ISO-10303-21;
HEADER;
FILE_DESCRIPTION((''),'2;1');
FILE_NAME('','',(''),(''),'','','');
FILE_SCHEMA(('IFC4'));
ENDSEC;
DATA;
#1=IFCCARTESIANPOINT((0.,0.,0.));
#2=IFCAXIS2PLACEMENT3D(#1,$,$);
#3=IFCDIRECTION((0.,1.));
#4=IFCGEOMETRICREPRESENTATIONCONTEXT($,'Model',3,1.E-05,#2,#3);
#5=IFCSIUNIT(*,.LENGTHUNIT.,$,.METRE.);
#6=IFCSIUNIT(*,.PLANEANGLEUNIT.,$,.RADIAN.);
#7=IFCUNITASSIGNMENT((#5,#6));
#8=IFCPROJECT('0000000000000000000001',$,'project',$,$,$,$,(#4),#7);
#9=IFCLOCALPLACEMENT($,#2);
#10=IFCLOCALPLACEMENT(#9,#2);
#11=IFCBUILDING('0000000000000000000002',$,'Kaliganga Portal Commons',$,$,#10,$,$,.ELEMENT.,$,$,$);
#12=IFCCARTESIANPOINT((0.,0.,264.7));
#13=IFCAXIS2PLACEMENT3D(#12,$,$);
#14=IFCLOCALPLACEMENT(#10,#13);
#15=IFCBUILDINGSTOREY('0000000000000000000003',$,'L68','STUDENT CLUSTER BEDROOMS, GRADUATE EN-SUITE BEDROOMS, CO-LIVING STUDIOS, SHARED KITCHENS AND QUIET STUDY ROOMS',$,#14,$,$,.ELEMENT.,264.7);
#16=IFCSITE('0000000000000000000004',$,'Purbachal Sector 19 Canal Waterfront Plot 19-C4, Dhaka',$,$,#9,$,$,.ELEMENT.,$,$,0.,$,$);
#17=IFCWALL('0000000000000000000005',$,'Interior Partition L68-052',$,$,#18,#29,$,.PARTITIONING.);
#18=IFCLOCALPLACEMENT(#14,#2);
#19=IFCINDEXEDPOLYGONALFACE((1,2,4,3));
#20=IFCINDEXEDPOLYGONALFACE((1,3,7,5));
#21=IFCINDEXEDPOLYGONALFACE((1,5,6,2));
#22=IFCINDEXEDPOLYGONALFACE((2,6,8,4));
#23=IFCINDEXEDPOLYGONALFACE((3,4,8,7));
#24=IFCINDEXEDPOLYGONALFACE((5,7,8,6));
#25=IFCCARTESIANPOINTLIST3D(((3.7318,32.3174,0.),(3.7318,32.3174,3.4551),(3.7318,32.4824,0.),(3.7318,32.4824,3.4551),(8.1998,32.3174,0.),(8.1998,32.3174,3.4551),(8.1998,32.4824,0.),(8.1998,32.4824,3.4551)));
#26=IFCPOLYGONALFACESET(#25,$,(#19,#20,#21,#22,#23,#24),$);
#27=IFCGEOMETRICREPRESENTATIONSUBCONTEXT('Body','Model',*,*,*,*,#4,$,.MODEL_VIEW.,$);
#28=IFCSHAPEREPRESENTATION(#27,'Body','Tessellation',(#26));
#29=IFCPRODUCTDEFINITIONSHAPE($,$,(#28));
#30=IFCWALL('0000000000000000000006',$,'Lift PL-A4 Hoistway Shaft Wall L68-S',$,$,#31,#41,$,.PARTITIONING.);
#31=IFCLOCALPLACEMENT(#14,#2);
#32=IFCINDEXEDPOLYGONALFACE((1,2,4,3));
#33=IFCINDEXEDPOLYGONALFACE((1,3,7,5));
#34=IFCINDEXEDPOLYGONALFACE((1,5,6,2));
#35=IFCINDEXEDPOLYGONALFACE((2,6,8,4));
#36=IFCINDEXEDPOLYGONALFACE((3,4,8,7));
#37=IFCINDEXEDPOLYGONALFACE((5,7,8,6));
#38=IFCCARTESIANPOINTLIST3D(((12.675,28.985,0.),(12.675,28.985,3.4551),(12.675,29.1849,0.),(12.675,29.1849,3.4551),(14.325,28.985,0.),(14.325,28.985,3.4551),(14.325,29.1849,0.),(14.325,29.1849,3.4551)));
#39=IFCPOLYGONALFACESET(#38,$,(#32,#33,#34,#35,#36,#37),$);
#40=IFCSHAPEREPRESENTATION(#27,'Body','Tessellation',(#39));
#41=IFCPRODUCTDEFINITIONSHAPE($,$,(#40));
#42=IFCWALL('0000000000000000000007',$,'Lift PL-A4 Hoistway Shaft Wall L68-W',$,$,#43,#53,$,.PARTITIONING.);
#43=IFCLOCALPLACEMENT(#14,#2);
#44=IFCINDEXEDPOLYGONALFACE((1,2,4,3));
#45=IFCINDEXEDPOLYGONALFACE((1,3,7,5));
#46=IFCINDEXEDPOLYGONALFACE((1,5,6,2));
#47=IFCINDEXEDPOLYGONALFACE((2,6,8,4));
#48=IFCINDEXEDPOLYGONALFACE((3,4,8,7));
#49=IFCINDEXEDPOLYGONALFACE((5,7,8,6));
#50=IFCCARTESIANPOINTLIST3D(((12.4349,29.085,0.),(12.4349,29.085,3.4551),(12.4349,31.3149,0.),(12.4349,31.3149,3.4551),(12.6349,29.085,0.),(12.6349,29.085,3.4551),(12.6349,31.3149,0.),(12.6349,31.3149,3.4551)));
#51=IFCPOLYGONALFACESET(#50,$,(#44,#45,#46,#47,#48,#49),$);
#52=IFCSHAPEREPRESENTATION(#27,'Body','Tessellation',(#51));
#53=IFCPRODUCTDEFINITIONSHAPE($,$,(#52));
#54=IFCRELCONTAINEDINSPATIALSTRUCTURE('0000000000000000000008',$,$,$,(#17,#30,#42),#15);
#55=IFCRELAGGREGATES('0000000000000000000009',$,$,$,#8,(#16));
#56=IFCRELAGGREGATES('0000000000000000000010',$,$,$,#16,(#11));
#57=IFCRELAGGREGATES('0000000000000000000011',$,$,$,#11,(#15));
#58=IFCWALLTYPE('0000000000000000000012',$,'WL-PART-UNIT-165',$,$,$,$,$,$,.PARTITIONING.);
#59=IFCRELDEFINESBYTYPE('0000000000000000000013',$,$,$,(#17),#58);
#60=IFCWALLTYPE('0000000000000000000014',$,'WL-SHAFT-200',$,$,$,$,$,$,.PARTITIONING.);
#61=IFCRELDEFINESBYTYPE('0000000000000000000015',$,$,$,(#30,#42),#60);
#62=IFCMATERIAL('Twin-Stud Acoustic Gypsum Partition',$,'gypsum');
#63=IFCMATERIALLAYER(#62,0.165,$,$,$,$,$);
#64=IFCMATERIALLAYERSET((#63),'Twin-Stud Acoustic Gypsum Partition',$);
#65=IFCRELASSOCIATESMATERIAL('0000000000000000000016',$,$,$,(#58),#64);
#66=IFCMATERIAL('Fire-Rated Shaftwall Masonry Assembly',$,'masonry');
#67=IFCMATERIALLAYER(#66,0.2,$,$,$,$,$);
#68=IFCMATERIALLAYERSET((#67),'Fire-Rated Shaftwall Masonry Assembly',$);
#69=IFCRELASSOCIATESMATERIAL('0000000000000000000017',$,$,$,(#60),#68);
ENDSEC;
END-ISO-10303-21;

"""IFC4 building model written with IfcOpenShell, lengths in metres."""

from ifc_helpers import new_model, si_unit, direction, frame, frame_2d, origin, place, context, subcontext, project, spatial, rectangle, extrude, material, layer, layer_set, type_object, element, save


model = new_model("IFC4")

# Units and contexts
model_context = context("Model", 3, precision=1e-05, world=origin(), true_north=direction((0.0, 1.0)))
body_context = subcontext(model_context, "Body", "Model", "MODEL_VIEW")
ifc_project = project(units=[si_unit("LENGTHUNIT", "METRE"), si_unit("PLANEANGLEUNIT", "RADIAN")], contexts=[model_context])

# Site, building, storey
site_placement = place(None, origin())
site = spatial("IfcSite", under=ifc_project, at=site_placement, Name="Purbachal Sector 19 Canal Waterfront Plot 19-C4, Dhaka", CompositionType="ELEMENT", RefElevation=0.0)
building_placement = place(site_placement, origin())
building = spatial("IfcBuilding", under=site, at=building_placement, Name="Kaliganga Portal Commons", CompositionType="ELEMENT")
storey_placement = place(building_placement, frame((0.0, 0.0, 264.7)))
storey = spatial("IfcBuildingStorey", under=building, at=storey_placement, Name="L68", Description="STUDENT CLUSTER BEDROOMS, GRADUATE EN-SUITE BEDROOMS, CO-LIVING STUDIOS, SHARED KITCHENS AND QUIET STUDY ROOMS", CompositionType="ELEMENT", Elevation=264.7)

# Walls
ifc_material_1 = material(Name="Twin-Stud Acoustic Gypsum Partition", Category="gypsum")
ifc_layer_1 = layer(ifc_material_1, 0.165)
ifc_layer_set_1 = layer_set([ifc_layer_1], Name="Twin-Stud Acoustic Gypsum Partition")
wall_type_1 = type_object("IfcWallType", Name="WL-PART-UNIT-165", PredefinedType="PARTITIONING", material=ifc_layer_set_1)
wall_1_placement = place(storey_placement, frame((3.7319, 32.3999, 0.0), z_axis=(0.0, 0.0, 1.0), x_axis=(1.0, 0.0, 0.0)))
element("IfcWall", 1, at=wall_1_placement, inside=storey, type_object=wall_type_1, Name="Interior Partition L68-052", PredefinedType="PARTITIONING", context=body_context, shape_type="SweptSolid", body=[
    extrude(rectangle(XDim=4.468, YDim=0.165, at=frame_2d((2.2339, 0.0))), origin(), (0.0, 0.0, 1.0), 3.4551),
])
ifc_material_2 = material(Name="Fire-Rated Shaftwall Masonry Assembly", Category="masonry")
ifc_layer_2 = layer(ifc_material_2, 0.2)
ifc_layer_set_2 = layer_set([ifc_layer_2], Name="Fire-Rated Shaftwall Masonry Assembly")
wall_type_2 = type_object("IfcWallType", Name="WL-SHAFT-200", PredefinedType="PARTITIONING", material=ifc_layer_set_2)
wall_2_placement = place(storey_placement, frame((12.675, 29.085, 0.0), z_axis=(0.0, 0.0, 1.0), x_axis=(1.0, 0.0, 0.0)))
element("IfcWall", 2, at=wall_2_placement, inside=storey, type_object=wall_type_2, Name="Lift PL-A4 Hoistway Shaft Wall L68-S", PredefinedType="PARTITIONING", context=body_context, shape_type="SweptSolid", body=[
    extrude(rectangle(XDim=1.6499, YDim=0.2, at=frame_2d((0.825, 0.0))), origin(), (0.0, 0.0, 1.0), 3.4551),
])

# Wall
wall_3_placement = place(storey_placement, frame((12.5349, 29.085, 0.0), z_axis=(0.0, 0.0, 1.0), x_axis=(0.0, 1.0, 0.0)))
element("IfcWall", 3, at=wall_3_placement, inside=storey, type_object=wall_type_2, Name="Lift PL-A4 Hoistway Shaft Wall L68-W", PredefinedType="PARTITIONING", context=body_context, shape_type="SweptSolid", body=[
    extrude(rectangle(XDim=2.23, YDim=0.2, at=frame_2d((1.115, 0.0))), origin(), (0.0, 0.0, 1.0), 3.4551),
])

save(model, "model.ifc")
